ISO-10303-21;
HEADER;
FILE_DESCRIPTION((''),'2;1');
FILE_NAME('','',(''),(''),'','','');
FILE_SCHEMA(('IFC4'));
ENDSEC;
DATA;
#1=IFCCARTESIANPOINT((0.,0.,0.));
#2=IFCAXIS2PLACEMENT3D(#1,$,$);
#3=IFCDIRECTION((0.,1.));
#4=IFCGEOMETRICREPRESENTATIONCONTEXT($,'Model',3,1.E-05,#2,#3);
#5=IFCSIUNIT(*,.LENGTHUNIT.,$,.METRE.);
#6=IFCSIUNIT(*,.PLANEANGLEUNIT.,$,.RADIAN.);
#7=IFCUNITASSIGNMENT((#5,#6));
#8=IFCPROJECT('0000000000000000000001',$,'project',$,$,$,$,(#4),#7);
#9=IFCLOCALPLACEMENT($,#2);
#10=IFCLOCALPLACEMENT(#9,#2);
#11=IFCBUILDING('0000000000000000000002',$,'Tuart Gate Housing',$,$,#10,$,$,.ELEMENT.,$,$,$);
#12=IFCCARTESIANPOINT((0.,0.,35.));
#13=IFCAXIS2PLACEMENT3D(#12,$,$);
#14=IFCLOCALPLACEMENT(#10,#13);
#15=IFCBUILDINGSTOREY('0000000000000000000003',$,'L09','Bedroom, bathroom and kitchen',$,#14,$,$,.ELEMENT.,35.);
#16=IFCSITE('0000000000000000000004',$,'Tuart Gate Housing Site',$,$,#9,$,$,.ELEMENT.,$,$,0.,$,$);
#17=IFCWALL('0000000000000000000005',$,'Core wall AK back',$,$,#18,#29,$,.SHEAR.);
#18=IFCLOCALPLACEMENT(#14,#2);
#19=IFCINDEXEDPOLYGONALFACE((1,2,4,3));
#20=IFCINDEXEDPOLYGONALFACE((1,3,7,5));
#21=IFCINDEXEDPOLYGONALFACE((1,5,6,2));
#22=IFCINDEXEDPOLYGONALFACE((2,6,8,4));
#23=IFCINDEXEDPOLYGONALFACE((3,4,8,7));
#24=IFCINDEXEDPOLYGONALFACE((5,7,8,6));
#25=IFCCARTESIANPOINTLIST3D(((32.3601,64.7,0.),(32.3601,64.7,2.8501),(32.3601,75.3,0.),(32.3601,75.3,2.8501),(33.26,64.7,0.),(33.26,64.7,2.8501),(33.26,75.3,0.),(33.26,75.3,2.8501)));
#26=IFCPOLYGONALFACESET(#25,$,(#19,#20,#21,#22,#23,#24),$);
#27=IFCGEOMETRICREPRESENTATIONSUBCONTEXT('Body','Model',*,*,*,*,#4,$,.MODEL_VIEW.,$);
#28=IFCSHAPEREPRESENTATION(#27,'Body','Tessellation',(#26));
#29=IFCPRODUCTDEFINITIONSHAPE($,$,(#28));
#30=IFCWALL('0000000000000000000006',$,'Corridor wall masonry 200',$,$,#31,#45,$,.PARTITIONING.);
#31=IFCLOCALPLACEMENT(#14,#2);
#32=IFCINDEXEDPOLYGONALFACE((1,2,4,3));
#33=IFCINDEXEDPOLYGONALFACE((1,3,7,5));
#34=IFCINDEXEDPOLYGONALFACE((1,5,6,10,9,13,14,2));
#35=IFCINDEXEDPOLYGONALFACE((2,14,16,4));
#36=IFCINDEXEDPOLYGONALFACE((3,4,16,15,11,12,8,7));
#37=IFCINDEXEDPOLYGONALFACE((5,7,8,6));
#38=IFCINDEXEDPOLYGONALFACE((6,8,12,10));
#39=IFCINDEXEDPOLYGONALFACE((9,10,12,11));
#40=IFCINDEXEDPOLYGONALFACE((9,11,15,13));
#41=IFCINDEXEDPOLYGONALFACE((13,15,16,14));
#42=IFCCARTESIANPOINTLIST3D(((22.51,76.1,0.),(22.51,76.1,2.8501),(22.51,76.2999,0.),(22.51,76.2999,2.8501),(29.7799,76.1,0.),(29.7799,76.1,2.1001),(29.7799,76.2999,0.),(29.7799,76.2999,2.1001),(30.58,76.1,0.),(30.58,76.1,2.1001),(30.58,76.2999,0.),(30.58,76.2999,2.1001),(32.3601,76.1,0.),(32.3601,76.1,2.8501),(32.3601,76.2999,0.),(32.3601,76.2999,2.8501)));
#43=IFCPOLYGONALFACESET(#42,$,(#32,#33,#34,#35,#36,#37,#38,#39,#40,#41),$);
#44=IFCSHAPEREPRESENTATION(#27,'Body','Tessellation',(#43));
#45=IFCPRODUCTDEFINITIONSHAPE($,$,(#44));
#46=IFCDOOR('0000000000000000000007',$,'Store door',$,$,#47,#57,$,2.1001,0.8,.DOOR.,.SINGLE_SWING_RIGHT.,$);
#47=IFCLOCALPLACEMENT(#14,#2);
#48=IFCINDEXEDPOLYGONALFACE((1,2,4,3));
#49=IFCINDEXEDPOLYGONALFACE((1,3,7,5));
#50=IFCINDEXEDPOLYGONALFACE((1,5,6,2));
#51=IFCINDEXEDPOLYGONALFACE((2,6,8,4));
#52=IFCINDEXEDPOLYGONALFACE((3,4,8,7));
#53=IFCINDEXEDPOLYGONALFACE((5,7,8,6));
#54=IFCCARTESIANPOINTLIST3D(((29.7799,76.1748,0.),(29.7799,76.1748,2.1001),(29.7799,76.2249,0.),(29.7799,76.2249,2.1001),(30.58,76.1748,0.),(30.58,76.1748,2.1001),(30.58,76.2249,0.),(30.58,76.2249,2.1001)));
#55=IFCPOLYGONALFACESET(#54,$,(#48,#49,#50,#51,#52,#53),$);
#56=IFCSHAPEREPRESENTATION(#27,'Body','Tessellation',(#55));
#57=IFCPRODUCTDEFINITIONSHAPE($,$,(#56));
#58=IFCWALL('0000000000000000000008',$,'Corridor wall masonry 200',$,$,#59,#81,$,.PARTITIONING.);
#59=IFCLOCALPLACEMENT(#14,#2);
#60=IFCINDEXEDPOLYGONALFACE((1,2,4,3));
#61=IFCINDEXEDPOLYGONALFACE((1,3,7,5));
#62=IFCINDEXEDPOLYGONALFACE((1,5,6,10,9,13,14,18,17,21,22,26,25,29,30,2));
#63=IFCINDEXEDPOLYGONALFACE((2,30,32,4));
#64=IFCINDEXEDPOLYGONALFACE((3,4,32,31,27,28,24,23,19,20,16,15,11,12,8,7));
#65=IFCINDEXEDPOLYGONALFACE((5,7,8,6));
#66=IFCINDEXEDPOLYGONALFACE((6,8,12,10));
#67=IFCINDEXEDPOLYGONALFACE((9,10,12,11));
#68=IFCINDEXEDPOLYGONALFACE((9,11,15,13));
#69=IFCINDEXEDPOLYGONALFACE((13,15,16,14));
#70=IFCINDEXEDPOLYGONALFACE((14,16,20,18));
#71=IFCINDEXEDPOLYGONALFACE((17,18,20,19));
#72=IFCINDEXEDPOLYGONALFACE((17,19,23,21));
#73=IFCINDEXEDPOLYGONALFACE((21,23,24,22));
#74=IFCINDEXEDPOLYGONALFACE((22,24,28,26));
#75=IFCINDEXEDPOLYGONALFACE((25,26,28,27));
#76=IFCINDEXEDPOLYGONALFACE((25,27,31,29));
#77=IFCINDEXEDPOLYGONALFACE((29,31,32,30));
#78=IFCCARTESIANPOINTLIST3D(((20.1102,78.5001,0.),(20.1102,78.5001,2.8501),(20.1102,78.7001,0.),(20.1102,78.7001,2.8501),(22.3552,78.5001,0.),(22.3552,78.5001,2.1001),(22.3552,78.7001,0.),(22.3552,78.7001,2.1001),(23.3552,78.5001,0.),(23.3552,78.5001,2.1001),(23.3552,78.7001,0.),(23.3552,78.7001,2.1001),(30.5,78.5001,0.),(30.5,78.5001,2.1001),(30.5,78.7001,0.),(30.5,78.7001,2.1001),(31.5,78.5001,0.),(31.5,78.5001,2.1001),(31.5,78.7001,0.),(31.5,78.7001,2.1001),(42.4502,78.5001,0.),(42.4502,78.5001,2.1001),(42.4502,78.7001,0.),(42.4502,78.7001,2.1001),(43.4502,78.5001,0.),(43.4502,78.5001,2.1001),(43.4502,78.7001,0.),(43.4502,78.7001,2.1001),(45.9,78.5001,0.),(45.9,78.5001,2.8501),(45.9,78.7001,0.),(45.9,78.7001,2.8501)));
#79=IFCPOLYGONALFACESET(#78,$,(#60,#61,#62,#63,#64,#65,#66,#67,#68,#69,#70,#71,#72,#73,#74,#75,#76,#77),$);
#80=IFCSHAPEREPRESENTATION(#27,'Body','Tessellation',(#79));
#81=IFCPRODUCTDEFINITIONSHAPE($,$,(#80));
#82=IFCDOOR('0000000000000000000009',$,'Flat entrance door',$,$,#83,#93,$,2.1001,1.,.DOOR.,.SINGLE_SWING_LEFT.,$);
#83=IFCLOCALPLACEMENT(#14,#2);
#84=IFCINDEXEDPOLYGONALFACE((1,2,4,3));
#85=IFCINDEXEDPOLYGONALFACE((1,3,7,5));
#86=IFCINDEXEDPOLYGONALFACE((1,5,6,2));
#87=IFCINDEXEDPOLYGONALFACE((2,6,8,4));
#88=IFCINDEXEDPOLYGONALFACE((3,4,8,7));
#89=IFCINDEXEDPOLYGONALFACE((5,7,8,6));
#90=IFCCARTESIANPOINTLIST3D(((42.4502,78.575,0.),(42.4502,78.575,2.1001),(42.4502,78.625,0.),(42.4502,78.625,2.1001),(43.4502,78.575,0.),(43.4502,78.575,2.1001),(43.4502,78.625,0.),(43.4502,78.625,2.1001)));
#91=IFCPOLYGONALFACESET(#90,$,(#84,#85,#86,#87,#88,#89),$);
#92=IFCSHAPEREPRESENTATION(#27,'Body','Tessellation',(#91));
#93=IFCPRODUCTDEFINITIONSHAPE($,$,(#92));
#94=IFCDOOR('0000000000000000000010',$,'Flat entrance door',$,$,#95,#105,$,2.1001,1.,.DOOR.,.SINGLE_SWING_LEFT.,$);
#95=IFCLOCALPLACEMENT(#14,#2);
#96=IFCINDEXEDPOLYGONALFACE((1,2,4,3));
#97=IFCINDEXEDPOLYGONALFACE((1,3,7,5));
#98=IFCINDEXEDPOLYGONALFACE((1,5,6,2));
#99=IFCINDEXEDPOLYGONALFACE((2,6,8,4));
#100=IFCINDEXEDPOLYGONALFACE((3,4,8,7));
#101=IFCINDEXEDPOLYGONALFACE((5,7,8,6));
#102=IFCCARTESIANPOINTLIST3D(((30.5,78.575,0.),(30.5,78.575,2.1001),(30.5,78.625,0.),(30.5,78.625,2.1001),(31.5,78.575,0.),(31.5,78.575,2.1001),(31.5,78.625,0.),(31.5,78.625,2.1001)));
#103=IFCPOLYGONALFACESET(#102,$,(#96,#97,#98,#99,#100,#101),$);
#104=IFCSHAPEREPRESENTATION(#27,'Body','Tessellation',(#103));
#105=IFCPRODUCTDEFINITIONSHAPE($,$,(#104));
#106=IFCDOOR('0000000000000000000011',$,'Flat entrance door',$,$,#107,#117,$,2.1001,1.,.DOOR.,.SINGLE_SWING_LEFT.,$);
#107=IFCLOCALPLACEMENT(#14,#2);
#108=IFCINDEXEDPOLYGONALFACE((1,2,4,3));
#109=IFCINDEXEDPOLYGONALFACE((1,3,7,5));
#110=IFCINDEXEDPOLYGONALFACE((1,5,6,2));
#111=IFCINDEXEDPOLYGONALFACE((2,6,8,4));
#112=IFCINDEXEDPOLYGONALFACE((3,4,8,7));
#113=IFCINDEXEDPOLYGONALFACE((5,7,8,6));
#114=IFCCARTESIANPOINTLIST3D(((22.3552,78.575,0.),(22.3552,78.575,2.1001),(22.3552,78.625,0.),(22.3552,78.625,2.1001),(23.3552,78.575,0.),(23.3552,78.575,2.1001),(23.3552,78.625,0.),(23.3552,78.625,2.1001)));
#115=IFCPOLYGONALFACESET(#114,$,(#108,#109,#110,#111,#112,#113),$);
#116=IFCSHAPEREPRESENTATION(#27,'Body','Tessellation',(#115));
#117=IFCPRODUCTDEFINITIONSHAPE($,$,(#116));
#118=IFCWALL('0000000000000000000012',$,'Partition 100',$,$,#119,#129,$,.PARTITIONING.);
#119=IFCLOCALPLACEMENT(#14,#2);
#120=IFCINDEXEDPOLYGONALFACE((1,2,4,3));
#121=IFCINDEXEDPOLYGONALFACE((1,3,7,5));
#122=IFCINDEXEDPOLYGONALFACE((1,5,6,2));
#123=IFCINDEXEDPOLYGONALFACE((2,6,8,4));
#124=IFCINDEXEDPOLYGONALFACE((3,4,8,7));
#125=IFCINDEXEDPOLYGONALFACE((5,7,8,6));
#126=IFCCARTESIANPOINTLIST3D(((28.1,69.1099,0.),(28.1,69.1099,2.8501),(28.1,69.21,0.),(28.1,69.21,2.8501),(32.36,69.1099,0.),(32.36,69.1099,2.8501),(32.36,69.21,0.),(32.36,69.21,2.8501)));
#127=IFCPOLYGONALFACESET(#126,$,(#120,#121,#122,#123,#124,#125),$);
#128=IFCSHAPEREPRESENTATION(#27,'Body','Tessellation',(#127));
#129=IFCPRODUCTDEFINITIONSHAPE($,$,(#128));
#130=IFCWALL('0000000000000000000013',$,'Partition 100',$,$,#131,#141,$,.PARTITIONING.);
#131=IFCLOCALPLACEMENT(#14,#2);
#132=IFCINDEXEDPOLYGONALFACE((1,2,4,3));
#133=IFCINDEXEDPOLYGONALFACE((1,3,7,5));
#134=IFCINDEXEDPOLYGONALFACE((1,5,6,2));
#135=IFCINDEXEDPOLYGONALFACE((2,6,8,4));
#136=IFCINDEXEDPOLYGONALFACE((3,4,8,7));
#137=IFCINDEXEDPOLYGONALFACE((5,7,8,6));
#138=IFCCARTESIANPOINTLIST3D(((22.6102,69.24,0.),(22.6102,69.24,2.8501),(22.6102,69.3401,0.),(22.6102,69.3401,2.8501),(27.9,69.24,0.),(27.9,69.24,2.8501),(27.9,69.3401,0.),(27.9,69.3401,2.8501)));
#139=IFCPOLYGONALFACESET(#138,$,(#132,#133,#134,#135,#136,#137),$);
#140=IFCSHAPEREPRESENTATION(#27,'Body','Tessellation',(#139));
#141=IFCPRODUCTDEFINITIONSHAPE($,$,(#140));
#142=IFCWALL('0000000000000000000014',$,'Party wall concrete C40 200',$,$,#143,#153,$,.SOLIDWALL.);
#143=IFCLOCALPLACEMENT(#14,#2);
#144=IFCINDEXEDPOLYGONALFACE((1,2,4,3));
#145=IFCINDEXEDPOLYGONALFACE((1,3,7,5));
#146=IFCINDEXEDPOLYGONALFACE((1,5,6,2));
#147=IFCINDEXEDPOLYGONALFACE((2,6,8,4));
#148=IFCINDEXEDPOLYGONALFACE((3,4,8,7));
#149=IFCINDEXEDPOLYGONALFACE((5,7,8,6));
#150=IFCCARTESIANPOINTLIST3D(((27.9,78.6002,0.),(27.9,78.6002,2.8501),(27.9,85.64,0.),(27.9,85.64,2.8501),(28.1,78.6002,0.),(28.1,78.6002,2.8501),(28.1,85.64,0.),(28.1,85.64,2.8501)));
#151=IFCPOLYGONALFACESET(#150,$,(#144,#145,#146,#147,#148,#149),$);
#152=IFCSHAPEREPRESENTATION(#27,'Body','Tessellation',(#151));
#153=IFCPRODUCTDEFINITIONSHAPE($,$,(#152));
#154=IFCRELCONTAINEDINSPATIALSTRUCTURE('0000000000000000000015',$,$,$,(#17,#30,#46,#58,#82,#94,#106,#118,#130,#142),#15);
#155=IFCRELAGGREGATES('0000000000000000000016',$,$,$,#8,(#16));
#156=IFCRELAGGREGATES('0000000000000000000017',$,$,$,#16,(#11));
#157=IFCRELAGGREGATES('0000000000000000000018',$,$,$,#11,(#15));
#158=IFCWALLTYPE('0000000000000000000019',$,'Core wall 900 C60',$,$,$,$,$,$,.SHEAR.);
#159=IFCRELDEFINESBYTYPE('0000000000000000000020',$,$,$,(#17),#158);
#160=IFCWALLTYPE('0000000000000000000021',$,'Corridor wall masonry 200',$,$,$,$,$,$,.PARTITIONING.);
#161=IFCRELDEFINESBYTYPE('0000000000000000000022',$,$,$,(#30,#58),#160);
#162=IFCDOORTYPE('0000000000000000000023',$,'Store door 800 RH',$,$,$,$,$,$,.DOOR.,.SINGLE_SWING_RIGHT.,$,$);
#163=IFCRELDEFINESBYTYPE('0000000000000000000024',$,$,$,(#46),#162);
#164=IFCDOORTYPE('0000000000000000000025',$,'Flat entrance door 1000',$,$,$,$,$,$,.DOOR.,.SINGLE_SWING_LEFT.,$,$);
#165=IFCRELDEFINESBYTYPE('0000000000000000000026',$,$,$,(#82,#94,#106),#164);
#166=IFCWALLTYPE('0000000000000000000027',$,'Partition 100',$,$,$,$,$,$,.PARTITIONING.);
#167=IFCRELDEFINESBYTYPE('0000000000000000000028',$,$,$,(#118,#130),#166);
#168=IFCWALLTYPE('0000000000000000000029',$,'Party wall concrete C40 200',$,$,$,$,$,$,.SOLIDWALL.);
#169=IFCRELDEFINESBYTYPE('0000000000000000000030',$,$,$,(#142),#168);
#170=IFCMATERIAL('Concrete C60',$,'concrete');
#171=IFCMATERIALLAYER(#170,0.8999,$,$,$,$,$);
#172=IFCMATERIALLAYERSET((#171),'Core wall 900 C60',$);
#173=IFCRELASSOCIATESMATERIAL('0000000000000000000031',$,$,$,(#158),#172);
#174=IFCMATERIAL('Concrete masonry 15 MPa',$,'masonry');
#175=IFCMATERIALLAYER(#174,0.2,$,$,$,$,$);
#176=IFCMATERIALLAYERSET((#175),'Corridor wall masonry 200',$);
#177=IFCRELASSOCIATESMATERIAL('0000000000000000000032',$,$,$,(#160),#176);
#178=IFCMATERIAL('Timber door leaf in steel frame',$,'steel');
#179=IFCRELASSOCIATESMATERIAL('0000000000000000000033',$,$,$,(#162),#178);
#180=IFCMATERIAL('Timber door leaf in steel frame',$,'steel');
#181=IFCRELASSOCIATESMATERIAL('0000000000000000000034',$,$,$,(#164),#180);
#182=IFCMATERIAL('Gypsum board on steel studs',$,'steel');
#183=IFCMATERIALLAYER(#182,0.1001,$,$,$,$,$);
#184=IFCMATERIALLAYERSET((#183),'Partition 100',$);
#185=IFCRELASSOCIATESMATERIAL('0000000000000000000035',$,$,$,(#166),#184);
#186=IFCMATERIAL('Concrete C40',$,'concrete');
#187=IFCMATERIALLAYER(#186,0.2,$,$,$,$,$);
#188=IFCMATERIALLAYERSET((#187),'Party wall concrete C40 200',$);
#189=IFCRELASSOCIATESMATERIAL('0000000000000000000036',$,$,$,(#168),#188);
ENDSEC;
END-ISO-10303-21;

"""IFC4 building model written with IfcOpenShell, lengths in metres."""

from ifc_helpers import new_model, si_unit, direction, frame, frame_2d, origin, place, context, subcontext, project, spatial, rectangle, extrude, material, layer, layer_set, type_object, element, fill, save


model = new_model("IFC4")

# Units and contexts
model_context = context("Model", 3, precision=1e-05, world=origin(), true_north=direction((0.0, 1.0)))
body_context = subcontext(model_context, "Body", "Model", "MODEL_VIEW")
ifc_project = project(units=[si_unit("LENGTHUNIT", "METRE"), si_unit("PLANEANGLEUNIT", "RADIAN")], contexts=[model_context])

# Site, building, storey
site_placement = place(None, origin())
site = spatial("IfcSite", under=ifc_project, at=site_placement, Name="Tuart Gate Housing Site", CompositionType="ELEMENT", RefElevation=0.0)
building_placement = place(site_placement, origin())
building = spatial("IfcBuilding", under=site, at=building_placement, Name="Tuart Gate Housing", CompositionType="ELEMENT")
storey_placement = place(building_placement, frame((0.0, 0.0, 35.0)))
storey = spatial("IfcBuildingStorey", under=building, at=storey_placement, Name="L09", Description="Bedroom, bathroom and kitchen", CompositionType="ELEMENT", Elevation=35.0)

# Wall
ifc_material_1 = material(Name="Concrete C60", Category="concrete")
ifc_layer_1 = layer(ifc_material_1, 0.8999)
ifc_layer_set_1 = layer_set([ifc_layer_1], Name="Core wall 900 C60")
wall_type_1 = type_object("IfcWallType", Name="Core wall 900 C60", PredefinedType="SHEAR", material=ifc_layer_set_1)
wall_1_placement = place(storey_placement, frame((32.8101, 75.3, 0.0), z_axis=(0.0, 0.0, 1.0), x_axis=(0.0, -1.0, 0.0)))
element("IfcWall", 1, at=wall_1_placement, inside=storey, type_object=wall_type_1, Name="Core wall AK back", PredefinedType="SHEAR", context=body_context, shape_type="SweptSolid", body=[
    extrude(rectangle(XDim=10.6001, YDim=0.8999, at=frame_2d((5.3, 0.0))), origin(), (0.0, 0.0, 1.0), 2.8501),
])

# Wall, opening, door
ifc_material_2 = material(Name="Concrete masonry 15 MPa", Category="masonry")
ifc_layer_2 = layer(ifc_material_2, 0.2)
ifc_layer_set_2 = layer_set([ifc_layer_2], Name="Corridor wall masonry 200")
wall_type_2 = type_object("IfcWallType", Name="Corridor wall masonry 200", PredefinedType="PARTITIONING", material=ifc_layer_set_2)
wall_2_placement = place(storey_placement, frame((22.51, 76.2, 0.0), z_axis=(0.0, 0.0, 1.0), x_axis=(1.0, 0.0, 0.0)))
wall_2 = element("IfcWall", 2, at=wall_2_placement, inside=storey, type_object=wall_type_2, Name="Corridor wall masonry 200", PredefinedType="PARTITIONING", context=body_context, shape_type="SweptSolid", body=[
    extrude(rectangle(XDim=9.8501, YDim=0.2, at=frame_2d((4.925, 0.0))), origin(), (0.0, 0.0, 1.0), 2.8501),
])
opening_1_placement = place(wall_2_placement, frame((7.27, 0.0, 0.0)))
opening_1 = element("IfcOpeningElement", 3, at=opening_1_placement, cuts=wall_2, PredefinedType="OPENING", context=body_context, shape_type="SweptSolid", body=[
    extrude(rectangle(XDim=0.8, YDim=2.1001, at=frame_2d((0.3999, 1.05))), frame((0.0, 0.1099, 0.0), z_axis=(0.0, -1.0, 0.0), x_axis=(1.0, 0.0, 0.0)), (0.0, 0.0, 1.0), 0.22),
])
ifc_material_3 = material(Name="Timber door leaf in steel frame", Category="steel")
door_type_1 = type_object("IfcDoorType", Name="Store door 800 RH", OperationType="SINGLE_SWING_RIGHT", PredefinedType="DOOR", material=ifc_material_3)
door_1_placement = place(opening_1_placement, frame((0.8, 0.0, 0.0), z_axis=(0.0, 0.0, 1.0), x_axis=(-1.0, 0.0, 0.0)))
door_1 = element("IfcDoor", 4, at=door_1_placement, inside=storey, type_object=door_type_1, Name="Store door", OperationType="SINGLE_SWING_RIGHT", OverallHeight=2.1001, OverallWidth=0.8, PredefinedType="DOOR", context=body_context, shape_type="SweptSolid", body=[
    extrude(rectangle(XDim=0.8, YDim=2.1001, at=frame_2d((0.4001, 1.05))), frame((0.0, 0.0251, 0.0), z_axis=(0.0, -1.0, 0.0), x_axis=(1.0, 0.0, 0.0)), (0.0, 0.0, 1.0), 0.05),
])
fill(opening_1, door_1)

# Wall, openings, doors
wall_3_placement = place(storey_placement, frame((20.1101, 78.6001, 0.0), z_axis=(0.0, 0.0, 1.0), x_axis=(1.0, 0.0, 0.0)))
wall_3 = element("IfcWall", 5, at=wall_3_placement, inside=storey, type_object=wall_type_2, Name="Corridor wall masonry 200", PredefinedType="PARTITIONING", context=body_context, shape_type="SweptSolid", body=[
    extrude(rectangle(XDim=25.7898, YDim=0.2, at=frame_2d((12.895, 0.0))), origin(), (0.0, 0.0, 1.0), 2.8501),
])
opening_2_placement = place(wall_3_placement, frame((22.3401, 0.0, 0.0)))
opening_2 = element("IfcOpeningElement", 6, at=opening_2_placement, cuts=wall_3, PredefinedType="OPENING", context=body_context, shape_type="SweptSolid", body=[
    extrude(rectangle(XDim=1.0, YDim=2.1001, at=frame_2d((0.5, 1.05))), frame((0.0, 0.1099, 0.0), z_axis=(0.0, -1.0, 0.0), x_axis=(1.0, 0.0, 0.0)), (0.0, 0.0, 1.0), 0.22),
])
opening_3_placement = place(wall_3_placement, frame((10.3899, 0.0, 0.0)))
opening_3 = element("IfcOpeningElement", 7, at=opening_3_placement, cuts=wall_3, PredefinedType="OPENING", context=body_context, shape_type="SweptSolid", body=[
    extrude(rectangle(XDim=1.0, YDim=2.1001, at=frame_2d((0.5, 1.05))), frame((0.0, 0.1099, 0.0), z_axis=(0.0, -1.0, 0.0), x_axis=(1.0, 0.0, 0.0)), (0.0, 0.0, 1.0), 0.22),
])
opening_4_placement = place(wall_3_placement, frame((2.2451, 0.0, 0.0)))
opening_4 = element("IfcOpeningElement", 8, at=opening_4_placement, cuts=wall_3, PredefinedType="OPENING", context=body_context, shape_type="SweptSolid", body=[
    extrude(rectangle(XDim=1.0, YDim=2.1001, at=frame_2d((0.5, 1.05))), frame((0.0, 0.1099, 0.0), z_axis=(0.0, -1.0, 0.0), x_axis=(1.0, 0.0, 0.0)), (0.0, 0.0, 1.0), 0.22),
])
ifc_material_4 = material(Name="Timber door leaf in steel frame", Category="steel")
door_type_2 = type_object("IfcDoorType", Name="Flat entrance door 1000", OperationType="SINGLE_SWING_LEFT", PredefinedType="DOOR", material=ifc_material_4)
door_2_placement = place(opening_2_placement, origin())
door_2 = element("IfcDoor", 9, at=door_2_placement, inside=storey, type_object=door_type_2, Name="Flat entrance door", OperationType="SINGLE_SWING_LEFT", OverallHeight=2.1001, OverallWidth=1.0, PredefinedType="DOOR", context=body_context, shape_type="SweptSolid", body=[
    extrude(rectangle(XDim=1.0, YDim=2.1001, at=frame_2d((0.5, 1.05))), frame((0.0, 0.0249, 0.0), z_axis=(0.0, -1.0, 0.0), x_axis=(1.0, 0.0, 0.0)), (0.0, 0.0, 1.0), 0.05),
])
fill(opening_2, door_2)
door_3_placement = place(opening_3_placement, origin())
door_3 = element("IfcDoor", 10, at=door_3_placement, inside=storey, type_object=door_type_2, Name="Flat entrance door", OperationType="SINGLE_SWING_LEFT", OverallHeight=2.1001, OverallWidth=1.0, PredefinedType="DOOR", context=body_context, shape_type="SweptSolid", body=[
    extrude(rectangle(XDim=1.0, YDim=2.1001, at=frame_2d((0.5, 1.05))), frame((0.0, 0.0249, 0.0), z_axis=(0.0, -1.0, 0.0), x_axis=(1.0, 0.0, 0.0)), (0.0, 0.0, 1.0), 0.05),
])
fill(opening_3, door_3)
door_4_placement = place(opening_4_placement, origin())
door_4 = element("IfcDoor", 11, at=door_4_placement, inside=storey, type_object=door_type_2, Name="Flat entrance door", OperationType="SINGLE_SWING_LEFT", OverallHeight=2.1001, OverallWidth=1.0, PredefinedType="DOOR", context=body_context, shape_type="SweptSolid", body=[
    extrude(rectangle(XDim=1.0, YDim=2.1001, at=frame_2d((0.5, 1.05))), frame((0.0, 0.0249, 0.0), z_axis=(0.0, -1.0, 0.0), x_axis=(1.0, 0.0, 0.0)), (0.0, 0.0, 1.0), 0.05),
])
fill(opening_4, door_4)

# Walls
ifc_material_5 = material(Name="Gypsum board on steel studs", Category="steel")
ifc_layer_3 = layer(ifc_material_5, 0.1001)
ifc_layer_set_3 = layer_set([ifc_layer_3], Name="Partition 100")
wall_type_3 = type_object("IfcWallType", Name="Partition 100", PredefinedType="PARTITIONING", material=ifc_layer_set_3)
wall_4_placement = place(storey_placement, frame((28.1001, 69.1599, 0.0), z_axis=(0.0, 0.0, 1.0), x_axis=(1.0, 0.0, 0.0)))
element("IfcWall", 12, at=wall_4_placement, inside=storey, type_object=wall_type_3, Name="Partition 100", PredefinedType="PARTITIONING", context=body_context, shape_type="SweptSolid", body=[
    extrude(rectangle(XDim=4.26, YDim=0.1001, at=frame_2d((2.1299, 0.0))), origin(), (0.0, 0.0, 1.0), 2.8501),
])
wall_5_placement = place(storey_placement, frame((22.6101, 69.29, 0.0), z_axis=(0.0, 0.0, 1.0), x_axis=(1.0, 0.0, 0.0)))
element("IfcWall", 13, at=wall_5_placement, inside=storey, type_object=wall_type_3, Name="Partition 100", PredefinedType="PARTITIONING", context=body_context, shape_type="SweptSolid", body=[
    extrude(rectangle(XDim=5.2898, YDim=0.1001, at=frame_2d((2.645, 0.0))), origin(), (0.0, 0.0, 1.0), 2.8501),
])
ifc_material_6 = material(Name="Concrete C40", Category="concrete")
ifc_layer_4 = layer(ifc_material_6, 0.2)
ifc_layer_set_4 = layer_set([ifc_layer_4], Name="Party wall concrete C40 200")
wall_type_4 = type_object("IfcWallType", Name="Party wall concrete C40 200", PredefinedType="SOLIDWALL", material=ifc_layer_set_4)
wall_6_placement = place(storey_placement, frame((28.0, 78.6001, 0.0), z_axis=(0.0, 0.0, 1.0), x_axis=(0.0, 1.0, 0.0)))
element("IfcWall", 14, at=wall_6_placement, inside=storey, type_object=wall_type_4, Name="Party wall concrete C40 200", PredefinedType="SOLIDWALL", context=body_context, shape_type="SweptSolid", body=[
    extrude(rectangle(XDim=7.0398, YDim=0.2, at=frame_2d((3.52, 0.0))), origin(), (0.0, 0.0, 1.0), 2.8501),
])

save(model, "model.ifc")
